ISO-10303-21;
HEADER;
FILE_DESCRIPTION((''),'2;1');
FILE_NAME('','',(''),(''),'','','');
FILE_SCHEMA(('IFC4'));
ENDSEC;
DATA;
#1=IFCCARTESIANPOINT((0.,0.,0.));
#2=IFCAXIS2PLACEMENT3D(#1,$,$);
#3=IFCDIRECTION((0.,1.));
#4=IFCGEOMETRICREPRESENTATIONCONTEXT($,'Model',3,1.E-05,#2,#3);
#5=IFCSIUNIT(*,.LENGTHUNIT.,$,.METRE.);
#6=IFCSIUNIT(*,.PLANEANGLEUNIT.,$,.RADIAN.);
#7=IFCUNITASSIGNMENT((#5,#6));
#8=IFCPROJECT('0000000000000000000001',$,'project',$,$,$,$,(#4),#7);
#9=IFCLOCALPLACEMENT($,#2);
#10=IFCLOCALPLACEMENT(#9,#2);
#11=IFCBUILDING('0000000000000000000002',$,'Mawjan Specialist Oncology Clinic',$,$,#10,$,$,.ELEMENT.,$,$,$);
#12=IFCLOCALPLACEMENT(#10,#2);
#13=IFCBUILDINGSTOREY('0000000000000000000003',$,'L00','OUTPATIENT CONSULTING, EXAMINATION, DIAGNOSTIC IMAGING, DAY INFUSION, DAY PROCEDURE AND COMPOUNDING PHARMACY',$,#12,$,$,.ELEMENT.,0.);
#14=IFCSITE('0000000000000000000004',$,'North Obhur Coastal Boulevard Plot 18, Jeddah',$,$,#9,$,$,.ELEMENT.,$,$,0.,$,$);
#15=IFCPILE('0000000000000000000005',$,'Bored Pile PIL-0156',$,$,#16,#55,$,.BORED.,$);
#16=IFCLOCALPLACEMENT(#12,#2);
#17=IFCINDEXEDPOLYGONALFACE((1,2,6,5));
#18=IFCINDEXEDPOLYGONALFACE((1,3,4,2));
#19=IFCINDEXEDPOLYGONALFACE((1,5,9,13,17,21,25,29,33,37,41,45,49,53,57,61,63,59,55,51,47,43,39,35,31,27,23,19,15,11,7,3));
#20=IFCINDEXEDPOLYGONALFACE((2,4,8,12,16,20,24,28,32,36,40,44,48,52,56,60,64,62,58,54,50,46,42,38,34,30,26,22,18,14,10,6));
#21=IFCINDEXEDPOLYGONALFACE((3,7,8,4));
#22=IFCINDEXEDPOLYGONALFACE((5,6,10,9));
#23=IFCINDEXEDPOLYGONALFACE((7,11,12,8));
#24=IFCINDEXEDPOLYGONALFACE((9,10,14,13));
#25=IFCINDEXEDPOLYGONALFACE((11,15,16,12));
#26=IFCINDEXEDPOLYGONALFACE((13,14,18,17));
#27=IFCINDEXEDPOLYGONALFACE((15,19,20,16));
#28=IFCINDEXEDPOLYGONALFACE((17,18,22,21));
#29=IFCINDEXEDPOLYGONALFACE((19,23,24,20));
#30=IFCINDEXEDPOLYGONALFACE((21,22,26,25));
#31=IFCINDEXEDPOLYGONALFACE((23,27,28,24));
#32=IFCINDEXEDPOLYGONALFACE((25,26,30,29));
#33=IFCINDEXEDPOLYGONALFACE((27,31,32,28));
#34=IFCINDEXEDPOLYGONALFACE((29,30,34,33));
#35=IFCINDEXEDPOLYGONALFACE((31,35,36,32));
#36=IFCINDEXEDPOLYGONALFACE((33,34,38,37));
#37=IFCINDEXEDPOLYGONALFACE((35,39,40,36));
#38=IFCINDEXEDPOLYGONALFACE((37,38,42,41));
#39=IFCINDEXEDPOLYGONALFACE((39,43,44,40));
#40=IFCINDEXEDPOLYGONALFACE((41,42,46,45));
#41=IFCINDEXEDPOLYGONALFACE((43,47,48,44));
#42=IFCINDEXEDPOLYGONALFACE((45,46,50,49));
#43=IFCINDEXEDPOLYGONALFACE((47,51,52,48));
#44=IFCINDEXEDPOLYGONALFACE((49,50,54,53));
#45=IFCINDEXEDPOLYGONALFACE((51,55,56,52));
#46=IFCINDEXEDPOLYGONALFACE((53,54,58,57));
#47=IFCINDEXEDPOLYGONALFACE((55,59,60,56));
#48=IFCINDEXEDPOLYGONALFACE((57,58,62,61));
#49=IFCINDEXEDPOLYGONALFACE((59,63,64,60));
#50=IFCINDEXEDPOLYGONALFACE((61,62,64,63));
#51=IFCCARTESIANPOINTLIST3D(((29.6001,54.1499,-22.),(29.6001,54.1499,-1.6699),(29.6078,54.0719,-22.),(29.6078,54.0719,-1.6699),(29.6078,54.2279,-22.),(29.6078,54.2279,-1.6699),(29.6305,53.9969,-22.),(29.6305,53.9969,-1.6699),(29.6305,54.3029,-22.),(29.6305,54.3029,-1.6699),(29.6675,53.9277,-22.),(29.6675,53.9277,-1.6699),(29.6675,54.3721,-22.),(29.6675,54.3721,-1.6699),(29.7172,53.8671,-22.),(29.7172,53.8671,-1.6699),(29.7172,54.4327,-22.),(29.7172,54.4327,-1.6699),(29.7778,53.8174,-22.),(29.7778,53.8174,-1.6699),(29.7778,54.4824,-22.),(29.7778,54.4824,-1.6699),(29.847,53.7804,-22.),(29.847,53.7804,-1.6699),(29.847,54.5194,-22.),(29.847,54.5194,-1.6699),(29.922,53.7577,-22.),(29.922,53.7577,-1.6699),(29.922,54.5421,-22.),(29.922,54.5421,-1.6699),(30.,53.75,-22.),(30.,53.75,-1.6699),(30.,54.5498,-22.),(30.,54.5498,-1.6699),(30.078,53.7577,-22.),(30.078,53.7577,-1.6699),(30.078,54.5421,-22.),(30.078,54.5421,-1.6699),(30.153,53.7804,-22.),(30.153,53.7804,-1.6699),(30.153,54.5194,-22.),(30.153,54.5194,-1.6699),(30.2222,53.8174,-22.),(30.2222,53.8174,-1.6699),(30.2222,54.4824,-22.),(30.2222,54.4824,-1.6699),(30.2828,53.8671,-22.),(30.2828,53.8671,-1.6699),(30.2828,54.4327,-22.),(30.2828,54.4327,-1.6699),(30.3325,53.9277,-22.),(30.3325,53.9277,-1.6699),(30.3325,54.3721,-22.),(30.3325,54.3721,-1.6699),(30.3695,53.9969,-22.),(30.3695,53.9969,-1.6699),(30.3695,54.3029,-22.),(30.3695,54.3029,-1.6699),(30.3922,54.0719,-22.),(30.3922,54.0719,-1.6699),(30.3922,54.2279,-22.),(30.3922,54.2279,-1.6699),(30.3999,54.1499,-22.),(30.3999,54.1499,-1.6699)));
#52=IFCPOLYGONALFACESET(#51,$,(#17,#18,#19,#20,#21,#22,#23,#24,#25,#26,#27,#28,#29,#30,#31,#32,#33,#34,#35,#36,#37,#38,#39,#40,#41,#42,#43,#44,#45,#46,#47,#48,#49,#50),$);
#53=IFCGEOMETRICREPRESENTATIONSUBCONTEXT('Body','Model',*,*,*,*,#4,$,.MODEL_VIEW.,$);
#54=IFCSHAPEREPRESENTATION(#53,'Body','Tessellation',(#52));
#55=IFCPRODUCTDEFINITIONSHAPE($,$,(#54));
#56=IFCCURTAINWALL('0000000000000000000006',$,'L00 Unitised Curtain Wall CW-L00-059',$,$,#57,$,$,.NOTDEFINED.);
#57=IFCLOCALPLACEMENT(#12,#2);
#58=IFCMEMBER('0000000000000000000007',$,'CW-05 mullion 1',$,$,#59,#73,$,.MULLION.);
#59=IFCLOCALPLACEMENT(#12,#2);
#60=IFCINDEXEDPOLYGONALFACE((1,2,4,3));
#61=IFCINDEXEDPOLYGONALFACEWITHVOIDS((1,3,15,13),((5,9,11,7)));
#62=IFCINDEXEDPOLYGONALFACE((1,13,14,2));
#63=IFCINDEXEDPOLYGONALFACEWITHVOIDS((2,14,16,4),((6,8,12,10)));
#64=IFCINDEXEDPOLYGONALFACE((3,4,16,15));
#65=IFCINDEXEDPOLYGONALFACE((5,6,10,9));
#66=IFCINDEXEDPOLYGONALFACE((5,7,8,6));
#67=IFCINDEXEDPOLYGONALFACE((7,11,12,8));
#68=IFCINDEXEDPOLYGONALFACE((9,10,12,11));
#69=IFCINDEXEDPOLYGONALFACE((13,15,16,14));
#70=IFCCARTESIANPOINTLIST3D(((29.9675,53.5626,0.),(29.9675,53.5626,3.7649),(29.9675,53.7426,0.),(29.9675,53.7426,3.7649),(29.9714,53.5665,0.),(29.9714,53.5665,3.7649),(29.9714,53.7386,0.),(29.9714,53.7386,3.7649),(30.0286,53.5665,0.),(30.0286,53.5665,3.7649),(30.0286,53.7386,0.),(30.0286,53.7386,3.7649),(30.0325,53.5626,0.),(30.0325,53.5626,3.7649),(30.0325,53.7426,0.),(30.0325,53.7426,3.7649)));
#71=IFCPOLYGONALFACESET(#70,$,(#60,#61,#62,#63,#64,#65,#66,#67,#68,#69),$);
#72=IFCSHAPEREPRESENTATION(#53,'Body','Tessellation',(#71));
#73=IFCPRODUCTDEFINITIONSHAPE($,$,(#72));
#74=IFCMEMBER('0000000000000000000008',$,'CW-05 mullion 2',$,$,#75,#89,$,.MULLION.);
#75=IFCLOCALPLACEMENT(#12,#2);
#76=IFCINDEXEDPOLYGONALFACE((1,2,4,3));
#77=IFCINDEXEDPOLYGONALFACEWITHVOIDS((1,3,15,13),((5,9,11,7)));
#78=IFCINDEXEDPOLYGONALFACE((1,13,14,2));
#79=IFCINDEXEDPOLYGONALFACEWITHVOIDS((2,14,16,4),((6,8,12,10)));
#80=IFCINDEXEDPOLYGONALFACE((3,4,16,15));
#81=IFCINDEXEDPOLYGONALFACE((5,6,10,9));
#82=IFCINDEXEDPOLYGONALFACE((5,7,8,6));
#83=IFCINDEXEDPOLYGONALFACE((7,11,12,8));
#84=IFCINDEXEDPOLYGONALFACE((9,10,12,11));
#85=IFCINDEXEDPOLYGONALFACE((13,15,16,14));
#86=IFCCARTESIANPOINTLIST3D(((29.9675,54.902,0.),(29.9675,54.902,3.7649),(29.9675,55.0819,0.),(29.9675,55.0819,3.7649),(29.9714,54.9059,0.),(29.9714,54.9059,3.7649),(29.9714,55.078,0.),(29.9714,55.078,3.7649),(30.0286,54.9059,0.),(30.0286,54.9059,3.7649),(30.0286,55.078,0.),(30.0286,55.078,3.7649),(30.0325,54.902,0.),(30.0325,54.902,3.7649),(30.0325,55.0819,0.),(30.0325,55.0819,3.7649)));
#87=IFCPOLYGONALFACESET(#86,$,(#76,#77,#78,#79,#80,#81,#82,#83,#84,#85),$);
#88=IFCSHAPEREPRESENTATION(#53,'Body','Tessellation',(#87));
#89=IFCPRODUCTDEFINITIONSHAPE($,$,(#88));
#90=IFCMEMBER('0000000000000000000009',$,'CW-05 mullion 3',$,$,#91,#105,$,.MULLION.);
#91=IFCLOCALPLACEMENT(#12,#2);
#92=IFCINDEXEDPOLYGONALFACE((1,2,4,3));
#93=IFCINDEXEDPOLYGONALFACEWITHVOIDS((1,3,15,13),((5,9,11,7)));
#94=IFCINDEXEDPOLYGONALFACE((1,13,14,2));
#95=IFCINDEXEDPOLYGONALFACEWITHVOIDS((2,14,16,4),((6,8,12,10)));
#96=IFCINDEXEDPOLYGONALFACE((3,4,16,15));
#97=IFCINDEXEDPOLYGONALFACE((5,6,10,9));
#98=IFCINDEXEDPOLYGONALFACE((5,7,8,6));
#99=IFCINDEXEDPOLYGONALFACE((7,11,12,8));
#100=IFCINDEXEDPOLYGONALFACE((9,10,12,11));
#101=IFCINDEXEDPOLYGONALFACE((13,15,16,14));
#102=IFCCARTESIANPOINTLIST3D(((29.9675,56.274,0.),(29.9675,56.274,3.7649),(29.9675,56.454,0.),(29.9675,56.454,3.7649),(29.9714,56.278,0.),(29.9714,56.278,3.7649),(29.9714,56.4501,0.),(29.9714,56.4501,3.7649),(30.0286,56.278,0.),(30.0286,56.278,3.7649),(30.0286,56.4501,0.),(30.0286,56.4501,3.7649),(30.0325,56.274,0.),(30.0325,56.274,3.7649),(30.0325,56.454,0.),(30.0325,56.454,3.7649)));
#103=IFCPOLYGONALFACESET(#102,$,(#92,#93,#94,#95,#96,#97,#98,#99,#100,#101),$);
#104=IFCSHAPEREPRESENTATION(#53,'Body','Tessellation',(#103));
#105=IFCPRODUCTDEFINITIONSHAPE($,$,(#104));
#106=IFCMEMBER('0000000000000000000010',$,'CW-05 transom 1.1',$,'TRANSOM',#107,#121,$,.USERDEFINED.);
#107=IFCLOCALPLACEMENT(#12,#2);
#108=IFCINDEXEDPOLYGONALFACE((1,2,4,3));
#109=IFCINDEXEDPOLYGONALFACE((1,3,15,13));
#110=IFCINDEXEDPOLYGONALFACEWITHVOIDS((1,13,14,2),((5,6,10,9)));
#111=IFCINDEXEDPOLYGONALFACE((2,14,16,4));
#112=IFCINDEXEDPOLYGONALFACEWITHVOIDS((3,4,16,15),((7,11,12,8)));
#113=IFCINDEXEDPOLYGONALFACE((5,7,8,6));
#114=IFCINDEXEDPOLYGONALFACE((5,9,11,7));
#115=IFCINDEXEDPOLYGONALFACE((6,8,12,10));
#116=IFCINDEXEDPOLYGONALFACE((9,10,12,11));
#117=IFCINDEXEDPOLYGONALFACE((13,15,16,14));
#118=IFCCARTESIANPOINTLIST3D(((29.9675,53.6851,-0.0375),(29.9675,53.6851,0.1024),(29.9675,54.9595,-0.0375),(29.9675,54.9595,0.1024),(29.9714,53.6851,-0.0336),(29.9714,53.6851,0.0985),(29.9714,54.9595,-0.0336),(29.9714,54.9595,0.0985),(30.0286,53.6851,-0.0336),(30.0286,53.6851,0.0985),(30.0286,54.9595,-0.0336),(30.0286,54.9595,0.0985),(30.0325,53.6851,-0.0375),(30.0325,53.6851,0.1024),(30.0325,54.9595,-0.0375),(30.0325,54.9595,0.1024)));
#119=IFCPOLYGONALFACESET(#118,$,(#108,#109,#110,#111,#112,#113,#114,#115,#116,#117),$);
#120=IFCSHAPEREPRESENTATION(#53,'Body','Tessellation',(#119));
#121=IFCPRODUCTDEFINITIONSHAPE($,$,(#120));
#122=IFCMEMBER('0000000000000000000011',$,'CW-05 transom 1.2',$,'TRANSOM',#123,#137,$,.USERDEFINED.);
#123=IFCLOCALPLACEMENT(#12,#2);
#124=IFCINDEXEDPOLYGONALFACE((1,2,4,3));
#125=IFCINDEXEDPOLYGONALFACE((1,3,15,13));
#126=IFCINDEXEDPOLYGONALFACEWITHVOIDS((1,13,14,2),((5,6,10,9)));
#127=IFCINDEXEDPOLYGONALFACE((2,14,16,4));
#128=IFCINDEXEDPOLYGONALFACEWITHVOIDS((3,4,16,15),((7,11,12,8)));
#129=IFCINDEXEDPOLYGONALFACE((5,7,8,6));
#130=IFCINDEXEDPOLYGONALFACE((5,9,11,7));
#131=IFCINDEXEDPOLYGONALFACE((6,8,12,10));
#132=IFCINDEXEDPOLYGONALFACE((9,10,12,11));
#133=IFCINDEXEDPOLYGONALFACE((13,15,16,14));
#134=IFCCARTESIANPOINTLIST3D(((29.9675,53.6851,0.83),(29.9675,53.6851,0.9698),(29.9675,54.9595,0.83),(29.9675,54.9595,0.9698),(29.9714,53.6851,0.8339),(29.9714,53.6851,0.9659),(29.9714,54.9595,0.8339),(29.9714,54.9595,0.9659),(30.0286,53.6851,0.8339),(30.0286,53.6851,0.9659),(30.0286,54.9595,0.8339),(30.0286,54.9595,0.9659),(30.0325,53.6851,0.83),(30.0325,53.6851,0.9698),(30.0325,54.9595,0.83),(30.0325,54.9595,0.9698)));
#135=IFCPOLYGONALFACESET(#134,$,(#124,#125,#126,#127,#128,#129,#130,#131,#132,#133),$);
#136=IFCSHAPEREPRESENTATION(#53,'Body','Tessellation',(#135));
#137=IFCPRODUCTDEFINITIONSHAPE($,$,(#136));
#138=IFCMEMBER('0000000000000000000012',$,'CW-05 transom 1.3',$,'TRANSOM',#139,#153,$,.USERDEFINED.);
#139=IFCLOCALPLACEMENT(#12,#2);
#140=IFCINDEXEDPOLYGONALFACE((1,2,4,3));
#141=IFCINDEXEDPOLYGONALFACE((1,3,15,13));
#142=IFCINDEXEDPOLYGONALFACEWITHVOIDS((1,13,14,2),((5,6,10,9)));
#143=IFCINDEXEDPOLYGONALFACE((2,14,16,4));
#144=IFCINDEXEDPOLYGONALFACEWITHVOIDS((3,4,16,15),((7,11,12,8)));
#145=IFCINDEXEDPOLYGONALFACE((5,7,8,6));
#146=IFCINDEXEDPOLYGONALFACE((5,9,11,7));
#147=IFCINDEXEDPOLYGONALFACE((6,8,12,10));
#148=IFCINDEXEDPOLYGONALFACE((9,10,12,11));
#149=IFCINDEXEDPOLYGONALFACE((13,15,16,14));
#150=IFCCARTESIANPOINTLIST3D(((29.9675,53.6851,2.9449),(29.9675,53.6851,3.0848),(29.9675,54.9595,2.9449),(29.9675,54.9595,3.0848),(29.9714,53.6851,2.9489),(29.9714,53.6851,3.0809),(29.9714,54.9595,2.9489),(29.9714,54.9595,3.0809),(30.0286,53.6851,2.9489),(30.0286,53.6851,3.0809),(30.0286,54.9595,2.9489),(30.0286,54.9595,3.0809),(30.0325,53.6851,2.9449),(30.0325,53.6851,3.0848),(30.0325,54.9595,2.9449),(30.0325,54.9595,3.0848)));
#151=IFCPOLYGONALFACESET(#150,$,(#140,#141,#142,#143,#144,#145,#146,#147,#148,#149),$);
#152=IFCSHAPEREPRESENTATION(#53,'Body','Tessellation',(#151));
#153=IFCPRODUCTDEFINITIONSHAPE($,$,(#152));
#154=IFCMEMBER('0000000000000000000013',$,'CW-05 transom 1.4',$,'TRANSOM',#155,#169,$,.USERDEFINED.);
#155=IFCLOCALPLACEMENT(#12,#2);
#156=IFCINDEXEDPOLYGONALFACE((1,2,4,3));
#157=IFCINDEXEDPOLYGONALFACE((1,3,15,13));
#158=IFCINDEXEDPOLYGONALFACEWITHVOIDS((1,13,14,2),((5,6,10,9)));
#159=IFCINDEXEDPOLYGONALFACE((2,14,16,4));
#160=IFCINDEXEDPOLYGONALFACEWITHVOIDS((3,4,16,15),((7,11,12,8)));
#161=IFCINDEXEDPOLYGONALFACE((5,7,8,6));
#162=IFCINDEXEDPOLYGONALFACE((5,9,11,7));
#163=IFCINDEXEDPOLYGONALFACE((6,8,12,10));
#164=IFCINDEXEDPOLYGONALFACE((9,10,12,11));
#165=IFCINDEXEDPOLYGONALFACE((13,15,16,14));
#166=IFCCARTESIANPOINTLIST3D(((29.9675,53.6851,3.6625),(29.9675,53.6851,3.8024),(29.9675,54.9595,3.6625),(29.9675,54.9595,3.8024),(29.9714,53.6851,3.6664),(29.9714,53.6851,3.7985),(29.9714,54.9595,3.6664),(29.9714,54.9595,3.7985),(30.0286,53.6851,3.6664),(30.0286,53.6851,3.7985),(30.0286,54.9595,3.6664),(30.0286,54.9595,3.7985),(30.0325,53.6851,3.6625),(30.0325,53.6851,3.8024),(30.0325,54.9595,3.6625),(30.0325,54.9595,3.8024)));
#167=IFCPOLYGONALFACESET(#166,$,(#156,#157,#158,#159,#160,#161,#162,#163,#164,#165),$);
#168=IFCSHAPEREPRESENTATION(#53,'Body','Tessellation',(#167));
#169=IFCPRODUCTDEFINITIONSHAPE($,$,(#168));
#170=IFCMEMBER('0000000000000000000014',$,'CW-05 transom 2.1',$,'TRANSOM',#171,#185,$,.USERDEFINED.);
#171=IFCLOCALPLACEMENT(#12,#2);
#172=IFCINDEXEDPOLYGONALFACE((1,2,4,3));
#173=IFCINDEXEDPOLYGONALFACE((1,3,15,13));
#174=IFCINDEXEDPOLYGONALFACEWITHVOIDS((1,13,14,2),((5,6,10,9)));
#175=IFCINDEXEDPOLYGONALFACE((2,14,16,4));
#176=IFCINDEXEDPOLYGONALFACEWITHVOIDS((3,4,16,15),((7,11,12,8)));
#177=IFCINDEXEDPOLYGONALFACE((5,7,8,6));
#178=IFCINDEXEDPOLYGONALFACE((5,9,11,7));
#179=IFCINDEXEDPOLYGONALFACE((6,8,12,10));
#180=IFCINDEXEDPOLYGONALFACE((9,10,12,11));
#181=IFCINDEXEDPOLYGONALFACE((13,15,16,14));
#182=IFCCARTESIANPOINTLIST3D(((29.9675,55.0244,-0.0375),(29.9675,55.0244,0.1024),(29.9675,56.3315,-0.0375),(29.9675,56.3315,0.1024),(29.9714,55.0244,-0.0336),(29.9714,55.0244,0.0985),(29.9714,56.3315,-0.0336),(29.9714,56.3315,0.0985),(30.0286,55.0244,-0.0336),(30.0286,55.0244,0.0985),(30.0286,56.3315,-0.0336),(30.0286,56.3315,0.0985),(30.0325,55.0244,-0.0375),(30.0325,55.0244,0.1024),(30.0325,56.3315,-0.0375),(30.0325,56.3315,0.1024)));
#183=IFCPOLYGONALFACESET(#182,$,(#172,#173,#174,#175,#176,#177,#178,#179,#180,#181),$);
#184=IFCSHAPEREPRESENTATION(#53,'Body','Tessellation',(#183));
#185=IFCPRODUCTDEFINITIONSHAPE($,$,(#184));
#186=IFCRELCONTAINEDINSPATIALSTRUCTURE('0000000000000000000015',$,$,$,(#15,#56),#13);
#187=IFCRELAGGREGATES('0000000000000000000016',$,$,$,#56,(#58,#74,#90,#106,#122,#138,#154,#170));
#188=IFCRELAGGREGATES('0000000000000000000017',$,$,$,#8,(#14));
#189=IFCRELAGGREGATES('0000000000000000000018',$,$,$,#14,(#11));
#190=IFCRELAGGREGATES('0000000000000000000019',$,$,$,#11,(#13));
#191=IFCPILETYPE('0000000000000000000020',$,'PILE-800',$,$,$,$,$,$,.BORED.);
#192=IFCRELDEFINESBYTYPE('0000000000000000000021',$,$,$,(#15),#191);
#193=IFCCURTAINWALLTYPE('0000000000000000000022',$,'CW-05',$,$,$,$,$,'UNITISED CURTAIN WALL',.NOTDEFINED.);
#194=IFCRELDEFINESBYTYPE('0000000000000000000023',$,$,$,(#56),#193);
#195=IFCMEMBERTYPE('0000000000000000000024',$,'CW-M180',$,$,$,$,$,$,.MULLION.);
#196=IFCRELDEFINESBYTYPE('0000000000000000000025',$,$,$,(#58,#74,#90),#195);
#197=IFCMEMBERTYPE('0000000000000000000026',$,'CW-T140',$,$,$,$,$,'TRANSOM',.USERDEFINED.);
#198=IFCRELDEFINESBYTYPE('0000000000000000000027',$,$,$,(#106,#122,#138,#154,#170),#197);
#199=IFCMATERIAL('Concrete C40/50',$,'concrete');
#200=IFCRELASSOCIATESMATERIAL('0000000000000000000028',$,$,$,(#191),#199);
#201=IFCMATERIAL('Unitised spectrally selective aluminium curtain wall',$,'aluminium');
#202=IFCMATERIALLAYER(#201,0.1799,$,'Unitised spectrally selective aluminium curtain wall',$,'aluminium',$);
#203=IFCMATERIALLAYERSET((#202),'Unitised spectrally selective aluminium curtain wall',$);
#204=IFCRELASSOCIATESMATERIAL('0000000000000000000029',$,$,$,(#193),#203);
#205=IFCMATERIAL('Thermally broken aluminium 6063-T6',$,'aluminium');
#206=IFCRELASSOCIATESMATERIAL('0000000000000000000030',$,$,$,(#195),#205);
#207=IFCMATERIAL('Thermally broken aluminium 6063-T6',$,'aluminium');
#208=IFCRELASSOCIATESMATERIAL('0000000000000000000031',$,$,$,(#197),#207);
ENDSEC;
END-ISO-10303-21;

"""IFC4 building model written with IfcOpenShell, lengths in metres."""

from ifc_helpers import new_model, si_unit, direction, frame, origin, origin_2d, place, context, subcontext, project, spatial, hollow_rectangle, circle, extrude, material, layer, layer_set, material_profile, profile_set, type_object, element, aggregate, save


model = new_model("IFC4")

# Units and contexts
model_context = context("Model", 3, precision=1e-05, world=origin(), true_north=direction((0.0, 1.0)))
body_context = subcontext(model_context, "Body", "Model", "MODEL_VIEW")
ifc_project = project(units=[si_unit("LENGTHUNIT", "METRE"), si_unit("PLANEANGLEUNIT", "RADIAN")], contexts=[model_context])

# Site, building, storey
site_placement = place(None, origin())
site = spatial("IfcSite", under=ifc_project, at=site_placement, Name="North Obhur Coastal Boulevard Plot 18, Jeddah", CompositionType="ELEMENT", RefElevation=0.0)
building_placement = place(site_placement, origin())
building = spatial("IfcBuilding", under=site, at=building_placement, Name="Mawjan Specialist Oncology Clinic", CompositionType="ELEMENT")
storey_placement = place(building_placement, origin())
storey = spatial("IfcBuildingStorey", under=building, at=storey_placement, Name="L00", Description="OUTPATIENT CONSULTING, EXAMINATION, DIAGNOSTIC IMAGING, DAY INFUSION, DAY PROCEDURE AND COMPOUNDING PHARMACY", CompositionType="ELEMENT", Elevation=0.0)

# Pile
ifc_material_1 = material(Name="Concrete C40/50", Category="concrete")
ifc_material_profile_1 = material_profile(ifc_material_1, circle(Radius=0.3999, at=origin_2d()), Name="BORED PILE D800", Category="concrete")
ifc_profile_set_1 = profile_set([ifc_material_profile_1], Name="Concrete C40/50")
pile_type = type_object("IfcPileType", Name="PILE-800", PredefinedType="BORED", material=ifc_profile_set_1)
pile_placement = place(storey_placement, frame((30.0, 54.1499, -1.6699), z_axis=(0.0, 0.0, -1.0), x_axis=(1.0, 0.0, 0.0)))
element("IfcPile", 1, at=pile_placement, inside=storey, type_object=pile_type, Name="Bored Pile PIL-0156", PredefinedType="BORED", context=body_context, shape_type="SweptSolid", body=[
    extrude(circle(Radius=0.3999, at=origin_2d()), origin(), (0.0, 0.0, 1.0), 20.3301),
])

# Curtain wall, members
ifc_material_2 = material(Name="Unitised spectrally selective aluminium curtain wall", Category="aluminium")
ifc_layer_1 = layer(ifc_material_2, 0.1799, Name="Unitised spectrally selective aluminium curtain wall", Category="aluminium")
ifc_layer_set_1 = layer_set([ifc_layer_1], Name="Unitised spectrally selective aluminium curtain wall")
curtain_wall_type = type_object("IfcCurtainWallType", Name="CW-05", ElementType="UNITISED CURTAIN WALL", PredefinedType="NOTDEFINED", material=ifc_layer_set_1)
curtain_wall_placement = place(storey_placement, origin())
curtain_wall = element("IfcCurtainWall", 2, at=curtain_wall_placement, inside=storey, type_object=curtain_wall_type, Name="L00 Unitised Curtain Wall CW-L00-059", PredefinedType="NOTDEFINED")
ifc_material_3 = material(Name="Thermally broken aluminium 6063-T6", Category="aluminium")
ifc_material_profile_2 = material_profile(ifc_material_3, hollow_rectangle(XDim=0.0649, YDim=0.1799, WallThickness=0.0039, at=origin_2d()), Name="ALU MULLION 180x65x4", Category="aluminium")
ifc_profile_set_2 = profile_set([ifc_material_profile_2], Name="Thermally broken aluminium 6063-T6")
member_type_1 = type_object("IfcMemberType", Name="CW-M180", PredefinedType="MULLION", material=ifc_profile_set_2)
member_1_placement = place(storey_placement, frame((30.0, 53.6526, 0.0), z_axis=(0.0, 0.0, 1.0), x_axis=(-1.0, 0.0, 0.0)))
member_1 = element("IfcMember", 3, at=member_1_placement, type_object=member_type_1, Name="CW-05 mullion 1", PredefinedType="MULLION", context=body_context, shape_type="SweptSolid", body=[
    extrude(hollow_rectangle(XDim=0.0649, YDim=0.1799, WallThickness=0.0039, at=origin_2d()), origin(), (0.0, 0.0, 1.0), 3.7649),
])
member_2_placement = place(storey_placement, frame((30.0, 54.9919, 0.0), z_axis=(0.0, 0.0, 1.0), x_axis=(-1.0, 0.0, 0.0)))
member_2 = element("IfcMember", 4, at=member_2_placement, type_object=member_type_1, Name="CW-05 mullion 2", PredefinedType="MULLION", context=body_context, shape_type="SweptSolid", body=[
    extrude(hollow_rectangle(XDim=0.0649, YDim=0.1799, WallThickness=0.0039, at=origin_2d()), origin(), (0.0, 0.0, 1.0), 3.7649),
])
member_3_placement = place(storey_placement, frame((30.0, 56.364, 0.0), z_axis=(0.0, 0.0, 1.0), x_axis=(-1.0, 0.0, 0.0)))
member_3 = element("IfcMember", 5, at=member_3_placement, type_object=member_type_1, Name="CW-05 mullion 3", PredefinedType="MULLION", context=body_context, shape_type="SweptSolid", body=[
    extrude(hollow_rectangle(XDim=0.0649, YDim=0.1799, WallThickness=0.0039, at=origin_2d()), origin(), (0.0, 0.0, 1.0), 3.7649),
])
ifc_material_4 = material(Name="Thermally broken aluminium 6063-T6", Category="aluminium")
ifc_material_profile_3 = material_profile(ifc_material_4, hollow_rectangle(XDim=0.0649, YDim=0.1399, WallThickness=0.0039, at=origin_2d()), Name="ALU TRANSOM 140x65x4", Category="aluminium")
ifc_profile_set_3 = profile_set([ifc_material_profile_3], Name="Thermally broken aluminium 6063-T6")
member_type_2 = type_object("IfcMemberType", Name="CW-T140", ElementType="TRANSOM", PredefinedType="USERDEFINED", material=ifc_profile_set_3)
member_4_placement = place(storey_placement, frame((30.0, 53.6851, 0.0325), z_axis=(0.0, 1.0, 0.0), x_axis=(-1.0, 0.0, 0.0)))
member_4 = element("IfcMember", 6, at=member_4_placement, type_object=member_type_2, Name="CW-05 transom 1.1", ObjectType="TRANSOM", PredefinedType="USERDEFINED", context=body_context, shape_type="SweptSolid", body=[
    extrude(hollow_rectangle(XDim=0.0649, YDim=0.1399, WallThickness=0.0039, at=origin_2d()), origin(), (0.0, 0.0, 1.0), 1.2744),
])
member_5_placement = place(storey_placement, frame((30.0, 53.6851, 0.8999), z_axis=(0.0, 1.0, 0.0), x_axis=(-1.0, 0.0, 0.0)))
member_5 = element("IfcMember", 7, at=member_5_placement, type_object=member_type_2, Name="CW-05 transom 1.2", ObjectType="TRANSOM", PredefinedType="USERDEFINED", context=body_context, shape_type="SweptSolid", body=[
    extrude(hollow_rectangle(XDim=0.0649, YDim=0.1399, WallThickness=0.0039, at=origin_2d()), origin(), (0.0, 0.0, 1.0), 1.2744),
])
member_6_placement = place(storey_placement, frame((30.0, 53.6851, 3.0149), z_axis=(0.0, 1.0, 0.0), x_axis=(-1.0, 0.0, 0.0)))
member_6 = element("IfcMember", 8, at=member_6_placement, type_object=member_type_2, Name="CW-05 transom 1.3", ObjectType="TRANSOM", PredefinedType="USERDEFINED", context=body_context, shape_type="SweptSolid", body=[
    extrude(hollow_rectangle(XDim=0.0649, YDim=0.1399, WallThickness=0.0039, at=origin_2d()), origin(), (0.0, 0.0, 1.0), 1.2744),
])
member_7_placement = place(storey_placement, frame((30.0, 53.6851, 3.7324), z_axis=(0.0, 1.0, 0.0), x_axis=(-1.0, 0.0, 0.0)))
member_7 = element("IfcMember", 9, at=member_7_placement, type_object=member_type_2, Name="CW-05 transom 1.4", ObjectType="TRANSOM", PredefinedType="USERDEFINED", context=body_context, shape_type="SweptSolid", body=[
    extrude(hollow_rectangle(XDim=0.0649, YDim=0.1399, WallThickness=0.0039, at=origin_2d()), origin(), (0.0, 0.0, 1.0), 1.2744),
])
member_8_placement = place(storey_placement, frame((30.0, 55.0244, 0.0325), z_axis=(0.0, 1.0, 0.0), x_axis=(-1.0, 0.0, 0.0)))
member_8 = element("IfcMember", 10, at=member_8_placement, type_object=member_type_2, Name="CW-05 transom 2.1", ObjectType="TRANSOM", PredefinedType="USERDEFINED", context=body_context, shape_type="SweptSolid", body=[
    extrude(hollow_rectangle(XDim=0.0649, YDim=0.1399, WallThickness=0.0039, at=origin_2d()), origin(), (0.0, 0.0, 1.0), 1.3071),
])
aggregate(curtain_wall, [member_1, member_2, member_3, member_4, member_5, member_6, member_7, member_8])

save(model, "model.ifc")
